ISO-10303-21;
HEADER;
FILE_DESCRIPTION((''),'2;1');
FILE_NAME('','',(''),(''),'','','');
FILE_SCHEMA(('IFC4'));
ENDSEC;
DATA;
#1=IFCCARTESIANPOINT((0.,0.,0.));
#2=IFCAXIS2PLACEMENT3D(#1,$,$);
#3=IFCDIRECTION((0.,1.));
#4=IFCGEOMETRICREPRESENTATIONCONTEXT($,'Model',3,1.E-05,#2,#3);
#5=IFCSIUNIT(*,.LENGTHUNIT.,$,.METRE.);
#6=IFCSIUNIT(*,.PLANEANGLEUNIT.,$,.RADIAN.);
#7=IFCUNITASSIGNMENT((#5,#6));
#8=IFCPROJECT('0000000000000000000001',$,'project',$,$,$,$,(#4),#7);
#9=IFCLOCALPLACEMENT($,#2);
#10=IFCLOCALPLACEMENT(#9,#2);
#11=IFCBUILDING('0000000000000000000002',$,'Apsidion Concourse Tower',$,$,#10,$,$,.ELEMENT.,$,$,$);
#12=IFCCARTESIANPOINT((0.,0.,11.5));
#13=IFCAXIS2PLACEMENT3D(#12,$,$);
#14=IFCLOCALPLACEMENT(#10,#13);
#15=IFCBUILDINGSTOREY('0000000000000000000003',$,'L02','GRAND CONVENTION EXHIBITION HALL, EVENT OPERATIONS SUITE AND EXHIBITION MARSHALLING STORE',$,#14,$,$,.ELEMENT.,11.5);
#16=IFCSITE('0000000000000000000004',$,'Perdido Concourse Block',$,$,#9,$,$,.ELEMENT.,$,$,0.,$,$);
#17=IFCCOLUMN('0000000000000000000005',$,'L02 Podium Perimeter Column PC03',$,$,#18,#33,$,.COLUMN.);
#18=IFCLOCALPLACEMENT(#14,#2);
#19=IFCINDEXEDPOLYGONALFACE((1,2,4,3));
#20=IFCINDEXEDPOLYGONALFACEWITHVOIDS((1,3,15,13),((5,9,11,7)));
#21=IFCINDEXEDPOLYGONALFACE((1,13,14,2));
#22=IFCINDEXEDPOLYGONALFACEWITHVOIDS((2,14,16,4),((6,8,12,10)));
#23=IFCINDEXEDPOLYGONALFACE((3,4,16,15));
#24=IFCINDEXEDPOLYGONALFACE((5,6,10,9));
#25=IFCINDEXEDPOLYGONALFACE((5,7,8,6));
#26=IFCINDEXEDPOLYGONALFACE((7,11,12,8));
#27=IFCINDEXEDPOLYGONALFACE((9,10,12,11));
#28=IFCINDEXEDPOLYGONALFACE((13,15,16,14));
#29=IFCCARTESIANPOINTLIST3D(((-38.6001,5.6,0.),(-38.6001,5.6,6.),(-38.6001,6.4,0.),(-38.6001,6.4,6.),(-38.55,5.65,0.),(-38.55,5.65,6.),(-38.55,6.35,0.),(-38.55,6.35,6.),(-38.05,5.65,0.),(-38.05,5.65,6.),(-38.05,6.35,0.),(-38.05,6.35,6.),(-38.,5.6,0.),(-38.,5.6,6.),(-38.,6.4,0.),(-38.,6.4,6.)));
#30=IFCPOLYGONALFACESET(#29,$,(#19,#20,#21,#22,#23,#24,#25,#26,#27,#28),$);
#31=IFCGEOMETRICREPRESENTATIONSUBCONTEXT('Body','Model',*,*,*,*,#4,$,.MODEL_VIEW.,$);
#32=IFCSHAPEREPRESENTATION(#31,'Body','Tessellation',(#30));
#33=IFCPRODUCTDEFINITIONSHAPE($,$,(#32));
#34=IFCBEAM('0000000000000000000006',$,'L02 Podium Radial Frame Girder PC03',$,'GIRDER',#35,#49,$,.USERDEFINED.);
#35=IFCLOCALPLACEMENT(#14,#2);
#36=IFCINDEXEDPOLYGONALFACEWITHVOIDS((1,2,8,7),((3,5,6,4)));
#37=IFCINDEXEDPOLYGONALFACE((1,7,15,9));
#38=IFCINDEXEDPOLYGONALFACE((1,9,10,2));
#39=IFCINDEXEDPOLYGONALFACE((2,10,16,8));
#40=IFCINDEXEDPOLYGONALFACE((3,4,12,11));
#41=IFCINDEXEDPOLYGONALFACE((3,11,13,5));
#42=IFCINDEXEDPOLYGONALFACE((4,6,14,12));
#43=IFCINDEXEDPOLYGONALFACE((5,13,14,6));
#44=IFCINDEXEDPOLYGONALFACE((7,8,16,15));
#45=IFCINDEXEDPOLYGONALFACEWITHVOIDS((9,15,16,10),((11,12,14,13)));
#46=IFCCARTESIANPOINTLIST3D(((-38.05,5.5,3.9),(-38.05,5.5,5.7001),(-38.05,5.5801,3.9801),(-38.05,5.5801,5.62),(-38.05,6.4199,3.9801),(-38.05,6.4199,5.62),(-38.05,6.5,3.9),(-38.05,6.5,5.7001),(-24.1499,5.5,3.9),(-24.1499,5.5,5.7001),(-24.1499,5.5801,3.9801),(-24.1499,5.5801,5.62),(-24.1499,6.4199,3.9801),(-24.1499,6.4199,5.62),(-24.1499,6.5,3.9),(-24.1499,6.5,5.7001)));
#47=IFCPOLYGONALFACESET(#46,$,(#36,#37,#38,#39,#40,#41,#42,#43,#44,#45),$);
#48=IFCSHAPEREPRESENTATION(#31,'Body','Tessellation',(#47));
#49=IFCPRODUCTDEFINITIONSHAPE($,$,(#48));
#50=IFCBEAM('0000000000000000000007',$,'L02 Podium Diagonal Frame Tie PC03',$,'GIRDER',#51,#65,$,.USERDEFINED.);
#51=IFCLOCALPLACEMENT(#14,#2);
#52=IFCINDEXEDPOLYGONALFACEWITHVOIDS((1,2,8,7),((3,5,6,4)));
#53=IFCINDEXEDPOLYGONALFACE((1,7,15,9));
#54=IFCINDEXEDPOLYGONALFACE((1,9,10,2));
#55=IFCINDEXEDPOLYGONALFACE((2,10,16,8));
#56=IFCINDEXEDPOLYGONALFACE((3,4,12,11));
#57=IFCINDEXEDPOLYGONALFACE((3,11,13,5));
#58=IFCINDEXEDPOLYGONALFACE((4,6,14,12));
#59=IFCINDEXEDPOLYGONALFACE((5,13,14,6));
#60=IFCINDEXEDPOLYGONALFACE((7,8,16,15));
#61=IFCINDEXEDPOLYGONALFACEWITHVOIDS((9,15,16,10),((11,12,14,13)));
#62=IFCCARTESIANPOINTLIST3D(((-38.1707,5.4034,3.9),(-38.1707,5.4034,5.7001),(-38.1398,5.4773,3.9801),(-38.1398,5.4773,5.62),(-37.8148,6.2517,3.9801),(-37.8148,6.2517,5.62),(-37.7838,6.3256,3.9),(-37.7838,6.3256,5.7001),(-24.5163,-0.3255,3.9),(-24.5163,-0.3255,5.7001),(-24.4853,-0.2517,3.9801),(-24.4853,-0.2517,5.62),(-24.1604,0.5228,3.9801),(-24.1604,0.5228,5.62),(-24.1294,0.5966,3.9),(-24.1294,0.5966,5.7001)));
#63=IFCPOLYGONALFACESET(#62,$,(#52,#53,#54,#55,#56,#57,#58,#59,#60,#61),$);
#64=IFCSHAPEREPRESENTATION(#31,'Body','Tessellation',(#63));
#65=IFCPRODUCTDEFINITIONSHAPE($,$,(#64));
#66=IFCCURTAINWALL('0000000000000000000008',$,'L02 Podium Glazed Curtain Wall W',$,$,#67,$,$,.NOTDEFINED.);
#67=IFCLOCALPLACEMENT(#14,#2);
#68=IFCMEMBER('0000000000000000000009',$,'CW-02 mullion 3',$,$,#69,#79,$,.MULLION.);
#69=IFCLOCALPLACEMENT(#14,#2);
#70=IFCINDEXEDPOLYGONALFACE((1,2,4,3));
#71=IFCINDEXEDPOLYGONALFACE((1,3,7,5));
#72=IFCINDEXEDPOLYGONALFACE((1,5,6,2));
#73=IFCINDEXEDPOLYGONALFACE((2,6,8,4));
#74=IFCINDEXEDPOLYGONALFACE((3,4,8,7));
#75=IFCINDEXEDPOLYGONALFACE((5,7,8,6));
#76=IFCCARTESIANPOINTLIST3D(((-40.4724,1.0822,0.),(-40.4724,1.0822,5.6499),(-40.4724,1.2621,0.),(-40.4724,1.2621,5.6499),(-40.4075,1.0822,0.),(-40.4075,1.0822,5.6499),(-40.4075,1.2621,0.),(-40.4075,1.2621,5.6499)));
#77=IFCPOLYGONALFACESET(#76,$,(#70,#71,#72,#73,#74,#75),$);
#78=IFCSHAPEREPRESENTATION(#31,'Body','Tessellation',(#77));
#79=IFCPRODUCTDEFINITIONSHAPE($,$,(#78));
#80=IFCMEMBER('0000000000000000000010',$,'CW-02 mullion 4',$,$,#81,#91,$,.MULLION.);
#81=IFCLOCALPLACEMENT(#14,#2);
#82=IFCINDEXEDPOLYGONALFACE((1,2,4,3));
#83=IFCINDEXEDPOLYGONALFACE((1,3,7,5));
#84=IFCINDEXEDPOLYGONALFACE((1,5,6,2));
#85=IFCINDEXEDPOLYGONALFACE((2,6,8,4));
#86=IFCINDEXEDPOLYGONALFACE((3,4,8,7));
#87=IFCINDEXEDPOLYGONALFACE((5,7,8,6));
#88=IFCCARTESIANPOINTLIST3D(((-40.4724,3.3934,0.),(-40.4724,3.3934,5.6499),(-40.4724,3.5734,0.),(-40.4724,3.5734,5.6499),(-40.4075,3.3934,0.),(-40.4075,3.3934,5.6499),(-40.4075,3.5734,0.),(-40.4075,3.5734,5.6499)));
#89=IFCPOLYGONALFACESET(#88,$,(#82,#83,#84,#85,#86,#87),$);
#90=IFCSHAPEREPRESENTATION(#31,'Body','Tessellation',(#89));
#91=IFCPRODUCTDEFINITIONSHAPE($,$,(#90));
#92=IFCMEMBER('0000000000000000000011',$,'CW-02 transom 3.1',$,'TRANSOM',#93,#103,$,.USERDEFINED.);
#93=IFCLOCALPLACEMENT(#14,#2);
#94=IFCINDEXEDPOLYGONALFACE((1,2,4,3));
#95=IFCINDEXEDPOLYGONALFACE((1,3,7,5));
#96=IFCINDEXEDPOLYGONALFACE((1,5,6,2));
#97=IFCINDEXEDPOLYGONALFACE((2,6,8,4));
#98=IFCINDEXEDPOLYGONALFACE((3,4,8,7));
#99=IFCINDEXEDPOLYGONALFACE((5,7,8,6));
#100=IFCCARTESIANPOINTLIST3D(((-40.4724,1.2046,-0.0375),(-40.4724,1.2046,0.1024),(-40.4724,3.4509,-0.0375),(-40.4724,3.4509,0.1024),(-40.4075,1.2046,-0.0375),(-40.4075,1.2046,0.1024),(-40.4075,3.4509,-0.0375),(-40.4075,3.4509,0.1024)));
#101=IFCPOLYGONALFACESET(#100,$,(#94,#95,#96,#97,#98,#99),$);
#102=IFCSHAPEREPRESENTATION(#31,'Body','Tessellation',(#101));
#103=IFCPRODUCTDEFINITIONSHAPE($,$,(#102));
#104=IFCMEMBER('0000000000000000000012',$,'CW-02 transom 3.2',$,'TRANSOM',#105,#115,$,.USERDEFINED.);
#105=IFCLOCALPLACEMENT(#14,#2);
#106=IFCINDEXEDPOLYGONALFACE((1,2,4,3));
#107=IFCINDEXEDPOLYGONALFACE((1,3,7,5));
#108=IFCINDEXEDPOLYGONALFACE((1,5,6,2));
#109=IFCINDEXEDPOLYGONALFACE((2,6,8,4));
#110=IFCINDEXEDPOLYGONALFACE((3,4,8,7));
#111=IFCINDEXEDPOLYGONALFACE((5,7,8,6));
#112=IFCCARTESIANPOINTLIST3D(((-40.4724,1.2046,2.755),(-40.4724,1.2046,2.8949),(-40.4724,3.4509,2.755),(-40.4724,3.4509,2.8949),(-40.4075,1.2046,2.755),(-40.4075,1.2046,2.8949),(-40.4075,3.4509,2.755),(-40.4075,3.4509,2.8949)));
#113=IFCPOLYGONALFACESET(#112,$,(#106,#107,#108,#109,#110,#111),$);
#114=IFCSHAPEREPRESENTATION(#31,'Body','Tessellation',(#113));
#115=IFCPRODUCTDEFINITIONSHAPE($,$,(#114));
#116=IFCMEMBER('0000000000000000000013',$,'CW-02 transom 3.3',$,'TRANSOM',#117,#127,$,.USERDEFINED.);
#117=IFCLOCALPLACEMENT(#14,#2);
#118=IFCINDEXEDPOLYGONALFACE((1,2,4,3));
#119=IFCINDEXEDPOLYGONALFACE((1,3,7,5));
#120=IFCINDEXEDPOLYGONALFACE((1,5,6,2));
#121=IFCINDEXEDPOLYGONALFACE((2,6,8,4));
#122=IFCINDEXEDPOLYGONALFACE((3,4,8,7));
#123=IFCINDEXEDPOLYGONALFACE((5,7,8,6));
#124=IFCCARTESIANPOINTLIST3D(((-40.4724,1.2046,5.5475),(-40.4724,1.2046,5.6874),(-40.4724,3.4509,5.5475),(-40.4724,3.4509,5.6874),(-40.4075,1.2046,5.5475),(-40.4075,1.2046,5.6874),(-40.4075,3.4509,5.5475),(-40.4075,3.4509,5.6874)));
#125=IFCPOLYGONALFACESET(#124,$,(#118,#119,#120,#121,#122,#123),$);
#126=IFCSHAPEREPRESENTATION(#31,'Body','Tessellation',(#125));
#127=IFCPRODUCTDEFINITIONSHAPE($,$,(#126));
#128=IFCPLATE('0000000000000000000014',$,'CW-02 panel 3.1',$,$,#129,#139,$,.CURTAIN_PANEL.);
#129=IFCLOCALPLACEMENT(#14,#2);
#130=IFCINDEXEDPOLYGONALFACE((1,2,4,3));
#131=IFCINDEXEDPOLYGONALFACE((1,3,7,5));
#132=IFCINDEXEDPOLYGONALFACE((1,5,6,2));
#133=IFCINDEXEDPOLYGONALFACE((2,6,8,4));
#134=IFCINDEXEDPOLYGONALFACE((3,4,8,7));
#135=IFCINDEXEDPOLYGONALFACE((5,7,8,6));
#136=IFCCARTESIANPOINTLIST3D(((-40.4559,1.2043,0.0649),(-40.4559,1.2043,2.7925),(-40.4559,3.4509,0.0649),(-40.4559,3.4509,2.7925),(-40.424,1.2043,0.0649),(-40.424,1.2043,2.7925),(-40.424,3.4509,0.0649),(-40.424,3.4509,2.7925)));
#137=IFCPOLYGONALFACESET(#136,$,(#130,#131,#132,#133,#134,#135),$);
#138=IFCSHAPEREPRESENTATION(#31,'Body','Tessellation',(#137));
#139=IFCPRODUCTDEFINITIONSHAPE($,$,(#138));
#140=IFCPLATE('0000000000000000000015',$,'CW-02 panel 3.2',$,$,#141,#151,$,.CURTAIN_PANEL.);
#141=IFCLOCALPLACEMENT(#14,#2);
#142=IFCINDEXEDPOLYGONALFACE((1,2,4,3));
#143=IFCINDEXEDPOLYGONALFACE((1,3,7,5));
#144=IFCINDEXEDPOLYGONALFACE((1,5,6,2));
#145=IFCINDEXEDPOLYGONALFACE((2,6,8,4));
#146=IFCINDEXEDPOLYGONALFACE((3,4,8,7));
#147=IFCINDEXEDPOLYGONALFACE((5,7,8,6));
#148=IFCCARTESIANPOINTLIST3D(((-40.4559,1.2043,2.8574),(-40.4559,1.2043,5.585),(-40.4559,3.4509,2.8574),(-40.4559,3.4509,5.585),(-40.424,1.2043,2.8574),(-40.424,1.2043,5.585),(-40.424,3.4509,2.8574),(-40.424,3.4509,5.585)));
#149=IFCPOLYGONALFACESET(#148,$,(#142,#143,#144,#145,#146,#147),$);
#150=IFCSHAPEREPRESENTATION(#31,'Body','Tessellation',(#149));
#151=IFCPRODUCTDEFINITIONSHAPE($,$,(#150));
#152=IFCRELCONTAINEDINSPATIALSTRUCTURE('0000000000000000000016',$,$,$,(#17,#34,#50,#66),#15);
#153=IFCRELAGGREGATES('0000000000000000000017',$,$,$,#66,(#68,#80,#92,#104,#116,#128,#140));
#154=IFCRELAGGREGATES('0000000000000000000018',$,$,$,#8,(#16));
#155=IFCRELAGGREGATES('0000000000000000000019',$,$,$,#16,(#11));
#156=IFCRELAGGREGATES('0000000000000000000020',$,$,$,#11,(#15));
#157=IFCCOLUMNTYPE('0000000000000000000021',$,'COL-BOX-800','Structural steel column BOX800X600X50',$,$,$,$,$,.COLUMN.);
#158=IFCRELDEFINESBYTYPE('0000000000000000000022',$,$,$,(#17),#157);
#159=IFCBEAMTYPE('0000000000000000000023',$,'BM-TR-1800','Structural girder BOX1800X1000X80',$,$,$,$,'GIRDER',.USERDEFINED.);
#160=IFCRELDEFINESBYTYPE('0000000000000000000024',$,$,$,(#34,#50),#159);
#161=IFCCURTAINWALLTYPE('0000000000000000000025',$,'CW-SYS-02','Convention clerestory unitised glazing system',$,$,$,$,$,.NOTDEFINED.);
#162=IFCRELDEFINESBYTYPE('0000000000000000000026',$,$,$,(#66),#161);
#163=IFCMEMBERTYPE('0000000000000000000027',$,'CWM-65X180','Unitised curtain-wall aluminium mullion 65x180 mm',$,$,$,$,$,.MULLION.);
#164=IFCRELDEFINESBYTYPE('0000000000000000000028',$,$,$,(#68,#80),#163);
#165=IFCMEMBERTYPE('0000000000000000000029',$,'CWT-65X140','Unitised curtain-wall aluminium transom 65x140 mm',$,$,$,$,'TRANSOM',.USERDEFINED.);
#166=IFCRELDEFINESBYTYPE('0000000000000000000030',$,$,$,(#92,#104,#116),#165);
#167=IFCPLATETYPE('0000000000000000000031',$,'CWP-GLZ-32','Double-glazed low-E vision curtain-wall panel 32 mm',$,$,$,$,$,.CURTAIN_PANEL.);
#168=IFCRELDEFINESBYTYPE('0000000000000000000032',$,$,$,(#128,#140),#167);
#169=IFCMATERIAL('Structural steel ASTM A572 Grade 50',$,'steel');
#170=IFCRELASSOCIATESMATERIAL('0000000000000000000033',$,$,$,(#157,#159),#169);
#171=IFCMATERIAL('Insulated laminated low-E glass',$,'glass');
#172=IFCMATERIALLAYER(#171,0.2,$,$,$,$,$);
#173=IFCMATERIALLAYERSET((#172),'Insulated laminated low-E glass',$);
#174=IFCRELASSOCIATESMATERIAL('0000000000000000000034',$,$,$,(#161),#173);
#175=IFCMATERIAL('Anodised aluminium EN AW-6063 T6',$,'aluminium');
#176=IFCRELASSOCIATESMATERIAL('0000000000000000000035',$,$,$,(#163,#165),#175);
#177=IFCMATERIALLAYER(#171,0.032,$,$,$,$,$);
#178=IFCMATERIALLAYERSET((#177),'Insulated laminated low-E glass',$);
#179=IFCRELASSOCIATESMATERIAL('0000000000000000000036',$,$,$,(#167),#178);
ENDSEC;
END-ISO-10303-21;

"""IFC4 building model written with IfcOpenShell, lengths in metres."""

from ifc_helpers import new_model, si_unit, direction, frame, origin, origin_2d, place, context, subcontext, project, spatial, rectangle, hollow_rectangle, extrude, material, layer, layer_set, material_profile, profile_set, type_object, element, aggregate, save


model = new_model("IFC4")

# Units and contexts
model_context = context("Model", 3, precision=1e-05, world=origin(), true_north=direction((0.0, 1.0)))
body_context = subcontext(model_context, "Body", "Model", "MODEL_VIEW")
ifc_project = project(units=[si_unit("LENGTHUNIT", "METRE"), si_unit("PLANEANGLEUNIT", "RADIAN")], contexts=[model_context])

# Site, building, storey
site_placement = place(None, origin())
site = spatial("IfcSite", under=ifc_project, at=site_placement, Name="Perdido Concourse Block", CompositionType="ELEMENT", RefElevation=0.0)
building_placement = place(site_placement, origin())
building = spatial("IfcBuilding", under=site, at=building_placement, Name="Apsidion Concourse Tower", CompositionType="ELEMENT")
storey_placement = place(building_placement, frame((0.0, 0.0, 11.5)))
storey = spatial("IfcBuildingStorey", under=building, at=storey_placement, Name="L02", Description="GRAND CONVENTION EXHIBITION HALL, EVENT OPERATIONS SUITE AND EXHIBITION MARSHALLING STORE", CompositionType="ELEMENT", Elevation=11.5)

# Column
ifc_material_1 = material(Name="Structural steel ASTM A572 Grade 50", Category="steel")
ifc_material_profile_1 = material_profile(ifc_material_1, hollow_rectangle(XDim=0.6001, YDim=0.8, WallThickness=0.05, at=origin_2d()), Name="BOX800X600X50")
ifc_profile_set_1 = profile_set([ifc_material_profile_1], Name="Structural steel ASTM A572 Grade 50")
column_type = type_object("IfcColumnType", Name="COL-BOX-800", Description="Structural steel column BOX800X600X50", PredefinedType="COLUMN", material=ifc_profile_set_1)
column_placement = place(storey_placement, frame((-38.3, 6.0, 0.0), z_axis=(0.0, 0.0, 1.0), x_axis=(1.0, 0.0, 0.0)))
element("IfcColumn", 1, at=column_placement, inside=storey, type_object=column_type, Name="L02 Podium Perimeter Column PC03", PredefinedType="COLUMN", context=body_context, shape_type="SweptSolid", body=[
    extrude(hollow_rectangle(XDim=0.6001, YDim=0.8, WallThickness=0.05, at=origin_2d()), origin(), (0.0, 0.0, 1.0), 6.0),
])

# Beams
ifc_material_profile_2 = material_profile(ifc_material_1, hollow_rectangle(XDim=1.0, YDim=1.8, WallThickness=0.0801, at=origin_2d()), Name="BOX1800X1000X80")
ifc_profile_set_2 = profile_set([ifc_material_profile_2], Name="Structural steel ASTM A572 Grade 50")
beam_type = type_object("IfcBeamType", Name="BM-TR-1800", Description="Structural girder BOX1800X1000X80", ElementType="GIRDER", PredefinedType="USERDEFINED", material=ifc_profile_set_2)
beam_1_placement = place(storey_placement, frame((-38.05, 6.0, 4.8), z_axis=(1.0, 0.0, 0.0), x_axis=(0.0, 1.0, 0.0)))
element("IfcBeam", 2, at=beam_1_placement, inside=storey, type_object=beam_type, Name="L02 Podium Radial Frame Girder PC03", ObjectType="GIRDER", PredefinedType="USERDEFINED", context=body_context, shape_type="SweptSolid", body=[
    extrude(hollow_rectangle(XDim=1.0, YDim=1.8, WallThickness=0.0801, at=origin_2d()), origin(), (0.0, 0.0, 1.0), 13.9001),
])
beam_2_placement = place(storey_placement, frame((-37.9773, 5.8645, 4.8), z_axis=(0.922124, -0.386894, 0.0), x_axis=(0.386894, 0.922124, 0.0)))
element("IfcBeam", 3, at=beam_2_placement, inside=storey, type_object=beam_type, Name="L02 Podium Diagonal Frame Tie PC03", ObjectType="GIRDER", PredefinedType="USERDEFINED", context=body_context, shape_type="SweptSolid", body=[
    extrude(hollow_rectangle(XDim=1.0, YDim=1.8, WallThickness=0.0801, at=origin_2d()), origin(), (0.0, 0.0, 1.0), 14.8076),
])

# Curtain wall, members, plates
ifc_material_2 = material(Name="Insulated laminated low-E glass", Category="glass")
ifc_layer_1 = layer(ifc_material_2, 0.2)
ifc_layer_set_1 = layer_set([ifc_layer_1], Name="Insulated laminated low-E glass")
curtain_wall_type = type_object("IfcCurtainWallType", Name="CW-SYS-02", Description="Convention clerestory unitised glazing system", PredefinedType="NOTDEFINED", material=ifc_layer_set_1)
curtain_wall_placement = place(storey_placement, origin())
curtain_wall = element("IfcCurtainWall", 4, at=curtain_wall_placement, inside=storey, type_object=curtain_wall_type, Name="L02 Podium Glazed Curtain Wall W", PredefinedType="NOTDEFINED")
ifc_material_3 = material(Name="Anodised aluminium EN AW-6063 T6", Category="aluminium")
ifc_material_profile_3 = material_profile(ifc_material_3, rectangle(XDim=0.0649, YDim=0.1799, at=origin_2d()), Name="ALU MULLION 65x180")
ifc_profile_set_3 = profile_set([ifc_material_profile_3], Name="Anodised aluminium EN AW-6063 T6")
member_type_1 = type_object("IfcMemberType", Name="CWM-65X180", Description="Unitised curtain-wall aluminium mullion 65x180 mm", PredefinedType="MULLION", material=ifc_profile_set_3)
member_1_placement = place(storey_placement, frame((-40.4399, 1.1721, 0.0), z_axis=(0.0, 0.0, 1.0), x_axis=(-1.0, 0.0, 0.0)))
member_1 = element("IfcMember", 5, at=member_1_placement, type_object=member_type_1, Name="CW-02 mullion 3", PredefinedType="MULLION", context=body_context, shape_type="SweptSolid", body=[
    extrude(rectangle(XDim=0.0649, YDim=0.1799, at=origin_2d()), origin(), (0.0, 0.0, 1.0), 5.6499),
])
member_2_placement = place(storey_placement, frame((-40.4399, 3.4834, 0.0), z_axis=(0.0, 0.0, 1.0), x_axis=(-1.0, 0.0, 0.0)))
member_2 = element("IfcMember", 6, at=member_2_placement, type_object=member_type_1, Name="CW-02 mullion 4", PredefinedType="MULLION", context=body_context, shape_type="SweptSolid", body=[
    extrude(rectangle(XDim=0.0649, YDim=0.1799, at=origin_2d()), origin(), (0.0, 0.0, 1.0), 5.6499),
])
ifc_material_profile_4 = material_profile(ifc_material_3, rectangle(XDim=0.0649, YDim=0.1399, at=origin_2d()), Name="ALU TRANSOM 65x140")
ifc_profile_set_4 = profile_set([ifc_material_profile_4], Name="Anodised aluminium EN AW-6063 T6")
member_type_2 = type_object("IfcMemberType", Name="CWT-65X140", Description="Unitised curtain-wall aluminium transom 65x140 mm", ElementType="TRANSOM", PredefinedType="USERDEFINED", material=ifc_profile_set_4)
member_3_placement = place(storey_placement, frame((-40.4399, 1.2046, 0.0325), z_axis=(0.0, 1.0, 0.0), x_axis=(-1.0, 0.0, 0.0)))
member_3 = element("IfcMember", 7, at=member_3_placement, type_object=member_type_2, Name="CW-02 transom 3.1", ObjectType="TRANSOM", PredefinedType="USERDEFINED", context=body_context, shape_type="SweptSolid", body=[
    extrude(rectangle(XDim=0.0649, YDim=0.1399, at=origin_2d()), origin(), (0.0, 0.0, 1.0), 2.2463),
])
member_4_placement = place(storey_placement, frame((-40.4399, 1.2046, 2.825), z_axis=(0.0, 1.0, 0.0), x_axis=(-1.0, 0.0, 0.0)))
member_4 = element("IfcMember", 8, at=member_4_placement, type_object=member_type_2, Name="CW-02 transom 3.2", ObjectType="TRANSOM", PredefinedType="USERDEFINED", context=body_context, shape_type="SweptSolid", body=[
    extrude(rectangle(XDim=0.0649, YDim=0.1399, at=origin_2d()), origin(), (0.0, 0.0, 1.0), 2.2463),
])
member_5_placement = place(storey_placement, frame((-40.4399, 1.2046, 5.6174), z_axis=(0.0, 1.0, 0.0), x_axis=(-1.0, 0.0, 0.0)))
member_5 = element("IfcMember", 9, at=member_5_placement, type_object=member_type_2, Name="CW-02 transom 3.3", ObjectType="TRANSOM", PredefinedType="USERDEFINED", context=body_context, shape_type="SweptSolid", body=[
    extrude(rectangle(XDim=0.0649, YDim=0.1399, at=origin_2d()), origin(), (0.0, 0.0, 1.0), 2.2463),
])
ifc_layer_2 = layer(ifc_material_2, 0.032)
ifc_layer_set_2 = layer_set([ifc_layer_2], Name="Insulated laminated low-E glass")
plate_type = type_object("IfcPlateType", Name="CWP-GLZ-32", Description="Double-glazed low-E vision curtain-wall panel 32 mm", PredefinedType="CURTAIN_PANEL", material=ifc_layer_set_2)
plate_1_placement = place(storey_placement, frame((-40.4399, 2.3276, 0.0649), z_axis=(0.0, 0.0, 1.0), x_axis=(0.0, 1.0, 0.0)))
plate_1 = element("IfcPlate", 10, at=plate_1_placement, type_object=plate_type, Name="CW-02 panel 3.1", PredefinedType="CURTAIN_PANEL", context=body_context, shape_type="SweptSolid", body=[
    extrude(rectangle(XDim=2.2466, YDim=0.032, at=origin_2d()), origin(), (0.0, 0.0, 1.0), 2.7275),
])
plate_2_placement = place(storey_placement, frame((-40.4399, 2.3276, 2.8574), z_axis=(0.0, 0.0, 1.0), x_axis=(0.0, 1.0, 0.0)))
plate_2 = element("IfcPlate", 11, at=plate_2_placement, type_object=plate_type, Name="CW-02 panel 3.2", PredefinedType="CURTAIN_PANEL", context=body_context, shape_type="SweptSolid", body=[
    extrude(rectangle(XDim=2.2466, YDim=0.032, at=origin_2d()), origin(), (0.0, 0.0, 1.0), 2.7275),
])
aggregate(curtain_wall, [member_1, member_2, member_3, member_4, member_5, plate_1, plate_2])

save(model, "model.ifc")
